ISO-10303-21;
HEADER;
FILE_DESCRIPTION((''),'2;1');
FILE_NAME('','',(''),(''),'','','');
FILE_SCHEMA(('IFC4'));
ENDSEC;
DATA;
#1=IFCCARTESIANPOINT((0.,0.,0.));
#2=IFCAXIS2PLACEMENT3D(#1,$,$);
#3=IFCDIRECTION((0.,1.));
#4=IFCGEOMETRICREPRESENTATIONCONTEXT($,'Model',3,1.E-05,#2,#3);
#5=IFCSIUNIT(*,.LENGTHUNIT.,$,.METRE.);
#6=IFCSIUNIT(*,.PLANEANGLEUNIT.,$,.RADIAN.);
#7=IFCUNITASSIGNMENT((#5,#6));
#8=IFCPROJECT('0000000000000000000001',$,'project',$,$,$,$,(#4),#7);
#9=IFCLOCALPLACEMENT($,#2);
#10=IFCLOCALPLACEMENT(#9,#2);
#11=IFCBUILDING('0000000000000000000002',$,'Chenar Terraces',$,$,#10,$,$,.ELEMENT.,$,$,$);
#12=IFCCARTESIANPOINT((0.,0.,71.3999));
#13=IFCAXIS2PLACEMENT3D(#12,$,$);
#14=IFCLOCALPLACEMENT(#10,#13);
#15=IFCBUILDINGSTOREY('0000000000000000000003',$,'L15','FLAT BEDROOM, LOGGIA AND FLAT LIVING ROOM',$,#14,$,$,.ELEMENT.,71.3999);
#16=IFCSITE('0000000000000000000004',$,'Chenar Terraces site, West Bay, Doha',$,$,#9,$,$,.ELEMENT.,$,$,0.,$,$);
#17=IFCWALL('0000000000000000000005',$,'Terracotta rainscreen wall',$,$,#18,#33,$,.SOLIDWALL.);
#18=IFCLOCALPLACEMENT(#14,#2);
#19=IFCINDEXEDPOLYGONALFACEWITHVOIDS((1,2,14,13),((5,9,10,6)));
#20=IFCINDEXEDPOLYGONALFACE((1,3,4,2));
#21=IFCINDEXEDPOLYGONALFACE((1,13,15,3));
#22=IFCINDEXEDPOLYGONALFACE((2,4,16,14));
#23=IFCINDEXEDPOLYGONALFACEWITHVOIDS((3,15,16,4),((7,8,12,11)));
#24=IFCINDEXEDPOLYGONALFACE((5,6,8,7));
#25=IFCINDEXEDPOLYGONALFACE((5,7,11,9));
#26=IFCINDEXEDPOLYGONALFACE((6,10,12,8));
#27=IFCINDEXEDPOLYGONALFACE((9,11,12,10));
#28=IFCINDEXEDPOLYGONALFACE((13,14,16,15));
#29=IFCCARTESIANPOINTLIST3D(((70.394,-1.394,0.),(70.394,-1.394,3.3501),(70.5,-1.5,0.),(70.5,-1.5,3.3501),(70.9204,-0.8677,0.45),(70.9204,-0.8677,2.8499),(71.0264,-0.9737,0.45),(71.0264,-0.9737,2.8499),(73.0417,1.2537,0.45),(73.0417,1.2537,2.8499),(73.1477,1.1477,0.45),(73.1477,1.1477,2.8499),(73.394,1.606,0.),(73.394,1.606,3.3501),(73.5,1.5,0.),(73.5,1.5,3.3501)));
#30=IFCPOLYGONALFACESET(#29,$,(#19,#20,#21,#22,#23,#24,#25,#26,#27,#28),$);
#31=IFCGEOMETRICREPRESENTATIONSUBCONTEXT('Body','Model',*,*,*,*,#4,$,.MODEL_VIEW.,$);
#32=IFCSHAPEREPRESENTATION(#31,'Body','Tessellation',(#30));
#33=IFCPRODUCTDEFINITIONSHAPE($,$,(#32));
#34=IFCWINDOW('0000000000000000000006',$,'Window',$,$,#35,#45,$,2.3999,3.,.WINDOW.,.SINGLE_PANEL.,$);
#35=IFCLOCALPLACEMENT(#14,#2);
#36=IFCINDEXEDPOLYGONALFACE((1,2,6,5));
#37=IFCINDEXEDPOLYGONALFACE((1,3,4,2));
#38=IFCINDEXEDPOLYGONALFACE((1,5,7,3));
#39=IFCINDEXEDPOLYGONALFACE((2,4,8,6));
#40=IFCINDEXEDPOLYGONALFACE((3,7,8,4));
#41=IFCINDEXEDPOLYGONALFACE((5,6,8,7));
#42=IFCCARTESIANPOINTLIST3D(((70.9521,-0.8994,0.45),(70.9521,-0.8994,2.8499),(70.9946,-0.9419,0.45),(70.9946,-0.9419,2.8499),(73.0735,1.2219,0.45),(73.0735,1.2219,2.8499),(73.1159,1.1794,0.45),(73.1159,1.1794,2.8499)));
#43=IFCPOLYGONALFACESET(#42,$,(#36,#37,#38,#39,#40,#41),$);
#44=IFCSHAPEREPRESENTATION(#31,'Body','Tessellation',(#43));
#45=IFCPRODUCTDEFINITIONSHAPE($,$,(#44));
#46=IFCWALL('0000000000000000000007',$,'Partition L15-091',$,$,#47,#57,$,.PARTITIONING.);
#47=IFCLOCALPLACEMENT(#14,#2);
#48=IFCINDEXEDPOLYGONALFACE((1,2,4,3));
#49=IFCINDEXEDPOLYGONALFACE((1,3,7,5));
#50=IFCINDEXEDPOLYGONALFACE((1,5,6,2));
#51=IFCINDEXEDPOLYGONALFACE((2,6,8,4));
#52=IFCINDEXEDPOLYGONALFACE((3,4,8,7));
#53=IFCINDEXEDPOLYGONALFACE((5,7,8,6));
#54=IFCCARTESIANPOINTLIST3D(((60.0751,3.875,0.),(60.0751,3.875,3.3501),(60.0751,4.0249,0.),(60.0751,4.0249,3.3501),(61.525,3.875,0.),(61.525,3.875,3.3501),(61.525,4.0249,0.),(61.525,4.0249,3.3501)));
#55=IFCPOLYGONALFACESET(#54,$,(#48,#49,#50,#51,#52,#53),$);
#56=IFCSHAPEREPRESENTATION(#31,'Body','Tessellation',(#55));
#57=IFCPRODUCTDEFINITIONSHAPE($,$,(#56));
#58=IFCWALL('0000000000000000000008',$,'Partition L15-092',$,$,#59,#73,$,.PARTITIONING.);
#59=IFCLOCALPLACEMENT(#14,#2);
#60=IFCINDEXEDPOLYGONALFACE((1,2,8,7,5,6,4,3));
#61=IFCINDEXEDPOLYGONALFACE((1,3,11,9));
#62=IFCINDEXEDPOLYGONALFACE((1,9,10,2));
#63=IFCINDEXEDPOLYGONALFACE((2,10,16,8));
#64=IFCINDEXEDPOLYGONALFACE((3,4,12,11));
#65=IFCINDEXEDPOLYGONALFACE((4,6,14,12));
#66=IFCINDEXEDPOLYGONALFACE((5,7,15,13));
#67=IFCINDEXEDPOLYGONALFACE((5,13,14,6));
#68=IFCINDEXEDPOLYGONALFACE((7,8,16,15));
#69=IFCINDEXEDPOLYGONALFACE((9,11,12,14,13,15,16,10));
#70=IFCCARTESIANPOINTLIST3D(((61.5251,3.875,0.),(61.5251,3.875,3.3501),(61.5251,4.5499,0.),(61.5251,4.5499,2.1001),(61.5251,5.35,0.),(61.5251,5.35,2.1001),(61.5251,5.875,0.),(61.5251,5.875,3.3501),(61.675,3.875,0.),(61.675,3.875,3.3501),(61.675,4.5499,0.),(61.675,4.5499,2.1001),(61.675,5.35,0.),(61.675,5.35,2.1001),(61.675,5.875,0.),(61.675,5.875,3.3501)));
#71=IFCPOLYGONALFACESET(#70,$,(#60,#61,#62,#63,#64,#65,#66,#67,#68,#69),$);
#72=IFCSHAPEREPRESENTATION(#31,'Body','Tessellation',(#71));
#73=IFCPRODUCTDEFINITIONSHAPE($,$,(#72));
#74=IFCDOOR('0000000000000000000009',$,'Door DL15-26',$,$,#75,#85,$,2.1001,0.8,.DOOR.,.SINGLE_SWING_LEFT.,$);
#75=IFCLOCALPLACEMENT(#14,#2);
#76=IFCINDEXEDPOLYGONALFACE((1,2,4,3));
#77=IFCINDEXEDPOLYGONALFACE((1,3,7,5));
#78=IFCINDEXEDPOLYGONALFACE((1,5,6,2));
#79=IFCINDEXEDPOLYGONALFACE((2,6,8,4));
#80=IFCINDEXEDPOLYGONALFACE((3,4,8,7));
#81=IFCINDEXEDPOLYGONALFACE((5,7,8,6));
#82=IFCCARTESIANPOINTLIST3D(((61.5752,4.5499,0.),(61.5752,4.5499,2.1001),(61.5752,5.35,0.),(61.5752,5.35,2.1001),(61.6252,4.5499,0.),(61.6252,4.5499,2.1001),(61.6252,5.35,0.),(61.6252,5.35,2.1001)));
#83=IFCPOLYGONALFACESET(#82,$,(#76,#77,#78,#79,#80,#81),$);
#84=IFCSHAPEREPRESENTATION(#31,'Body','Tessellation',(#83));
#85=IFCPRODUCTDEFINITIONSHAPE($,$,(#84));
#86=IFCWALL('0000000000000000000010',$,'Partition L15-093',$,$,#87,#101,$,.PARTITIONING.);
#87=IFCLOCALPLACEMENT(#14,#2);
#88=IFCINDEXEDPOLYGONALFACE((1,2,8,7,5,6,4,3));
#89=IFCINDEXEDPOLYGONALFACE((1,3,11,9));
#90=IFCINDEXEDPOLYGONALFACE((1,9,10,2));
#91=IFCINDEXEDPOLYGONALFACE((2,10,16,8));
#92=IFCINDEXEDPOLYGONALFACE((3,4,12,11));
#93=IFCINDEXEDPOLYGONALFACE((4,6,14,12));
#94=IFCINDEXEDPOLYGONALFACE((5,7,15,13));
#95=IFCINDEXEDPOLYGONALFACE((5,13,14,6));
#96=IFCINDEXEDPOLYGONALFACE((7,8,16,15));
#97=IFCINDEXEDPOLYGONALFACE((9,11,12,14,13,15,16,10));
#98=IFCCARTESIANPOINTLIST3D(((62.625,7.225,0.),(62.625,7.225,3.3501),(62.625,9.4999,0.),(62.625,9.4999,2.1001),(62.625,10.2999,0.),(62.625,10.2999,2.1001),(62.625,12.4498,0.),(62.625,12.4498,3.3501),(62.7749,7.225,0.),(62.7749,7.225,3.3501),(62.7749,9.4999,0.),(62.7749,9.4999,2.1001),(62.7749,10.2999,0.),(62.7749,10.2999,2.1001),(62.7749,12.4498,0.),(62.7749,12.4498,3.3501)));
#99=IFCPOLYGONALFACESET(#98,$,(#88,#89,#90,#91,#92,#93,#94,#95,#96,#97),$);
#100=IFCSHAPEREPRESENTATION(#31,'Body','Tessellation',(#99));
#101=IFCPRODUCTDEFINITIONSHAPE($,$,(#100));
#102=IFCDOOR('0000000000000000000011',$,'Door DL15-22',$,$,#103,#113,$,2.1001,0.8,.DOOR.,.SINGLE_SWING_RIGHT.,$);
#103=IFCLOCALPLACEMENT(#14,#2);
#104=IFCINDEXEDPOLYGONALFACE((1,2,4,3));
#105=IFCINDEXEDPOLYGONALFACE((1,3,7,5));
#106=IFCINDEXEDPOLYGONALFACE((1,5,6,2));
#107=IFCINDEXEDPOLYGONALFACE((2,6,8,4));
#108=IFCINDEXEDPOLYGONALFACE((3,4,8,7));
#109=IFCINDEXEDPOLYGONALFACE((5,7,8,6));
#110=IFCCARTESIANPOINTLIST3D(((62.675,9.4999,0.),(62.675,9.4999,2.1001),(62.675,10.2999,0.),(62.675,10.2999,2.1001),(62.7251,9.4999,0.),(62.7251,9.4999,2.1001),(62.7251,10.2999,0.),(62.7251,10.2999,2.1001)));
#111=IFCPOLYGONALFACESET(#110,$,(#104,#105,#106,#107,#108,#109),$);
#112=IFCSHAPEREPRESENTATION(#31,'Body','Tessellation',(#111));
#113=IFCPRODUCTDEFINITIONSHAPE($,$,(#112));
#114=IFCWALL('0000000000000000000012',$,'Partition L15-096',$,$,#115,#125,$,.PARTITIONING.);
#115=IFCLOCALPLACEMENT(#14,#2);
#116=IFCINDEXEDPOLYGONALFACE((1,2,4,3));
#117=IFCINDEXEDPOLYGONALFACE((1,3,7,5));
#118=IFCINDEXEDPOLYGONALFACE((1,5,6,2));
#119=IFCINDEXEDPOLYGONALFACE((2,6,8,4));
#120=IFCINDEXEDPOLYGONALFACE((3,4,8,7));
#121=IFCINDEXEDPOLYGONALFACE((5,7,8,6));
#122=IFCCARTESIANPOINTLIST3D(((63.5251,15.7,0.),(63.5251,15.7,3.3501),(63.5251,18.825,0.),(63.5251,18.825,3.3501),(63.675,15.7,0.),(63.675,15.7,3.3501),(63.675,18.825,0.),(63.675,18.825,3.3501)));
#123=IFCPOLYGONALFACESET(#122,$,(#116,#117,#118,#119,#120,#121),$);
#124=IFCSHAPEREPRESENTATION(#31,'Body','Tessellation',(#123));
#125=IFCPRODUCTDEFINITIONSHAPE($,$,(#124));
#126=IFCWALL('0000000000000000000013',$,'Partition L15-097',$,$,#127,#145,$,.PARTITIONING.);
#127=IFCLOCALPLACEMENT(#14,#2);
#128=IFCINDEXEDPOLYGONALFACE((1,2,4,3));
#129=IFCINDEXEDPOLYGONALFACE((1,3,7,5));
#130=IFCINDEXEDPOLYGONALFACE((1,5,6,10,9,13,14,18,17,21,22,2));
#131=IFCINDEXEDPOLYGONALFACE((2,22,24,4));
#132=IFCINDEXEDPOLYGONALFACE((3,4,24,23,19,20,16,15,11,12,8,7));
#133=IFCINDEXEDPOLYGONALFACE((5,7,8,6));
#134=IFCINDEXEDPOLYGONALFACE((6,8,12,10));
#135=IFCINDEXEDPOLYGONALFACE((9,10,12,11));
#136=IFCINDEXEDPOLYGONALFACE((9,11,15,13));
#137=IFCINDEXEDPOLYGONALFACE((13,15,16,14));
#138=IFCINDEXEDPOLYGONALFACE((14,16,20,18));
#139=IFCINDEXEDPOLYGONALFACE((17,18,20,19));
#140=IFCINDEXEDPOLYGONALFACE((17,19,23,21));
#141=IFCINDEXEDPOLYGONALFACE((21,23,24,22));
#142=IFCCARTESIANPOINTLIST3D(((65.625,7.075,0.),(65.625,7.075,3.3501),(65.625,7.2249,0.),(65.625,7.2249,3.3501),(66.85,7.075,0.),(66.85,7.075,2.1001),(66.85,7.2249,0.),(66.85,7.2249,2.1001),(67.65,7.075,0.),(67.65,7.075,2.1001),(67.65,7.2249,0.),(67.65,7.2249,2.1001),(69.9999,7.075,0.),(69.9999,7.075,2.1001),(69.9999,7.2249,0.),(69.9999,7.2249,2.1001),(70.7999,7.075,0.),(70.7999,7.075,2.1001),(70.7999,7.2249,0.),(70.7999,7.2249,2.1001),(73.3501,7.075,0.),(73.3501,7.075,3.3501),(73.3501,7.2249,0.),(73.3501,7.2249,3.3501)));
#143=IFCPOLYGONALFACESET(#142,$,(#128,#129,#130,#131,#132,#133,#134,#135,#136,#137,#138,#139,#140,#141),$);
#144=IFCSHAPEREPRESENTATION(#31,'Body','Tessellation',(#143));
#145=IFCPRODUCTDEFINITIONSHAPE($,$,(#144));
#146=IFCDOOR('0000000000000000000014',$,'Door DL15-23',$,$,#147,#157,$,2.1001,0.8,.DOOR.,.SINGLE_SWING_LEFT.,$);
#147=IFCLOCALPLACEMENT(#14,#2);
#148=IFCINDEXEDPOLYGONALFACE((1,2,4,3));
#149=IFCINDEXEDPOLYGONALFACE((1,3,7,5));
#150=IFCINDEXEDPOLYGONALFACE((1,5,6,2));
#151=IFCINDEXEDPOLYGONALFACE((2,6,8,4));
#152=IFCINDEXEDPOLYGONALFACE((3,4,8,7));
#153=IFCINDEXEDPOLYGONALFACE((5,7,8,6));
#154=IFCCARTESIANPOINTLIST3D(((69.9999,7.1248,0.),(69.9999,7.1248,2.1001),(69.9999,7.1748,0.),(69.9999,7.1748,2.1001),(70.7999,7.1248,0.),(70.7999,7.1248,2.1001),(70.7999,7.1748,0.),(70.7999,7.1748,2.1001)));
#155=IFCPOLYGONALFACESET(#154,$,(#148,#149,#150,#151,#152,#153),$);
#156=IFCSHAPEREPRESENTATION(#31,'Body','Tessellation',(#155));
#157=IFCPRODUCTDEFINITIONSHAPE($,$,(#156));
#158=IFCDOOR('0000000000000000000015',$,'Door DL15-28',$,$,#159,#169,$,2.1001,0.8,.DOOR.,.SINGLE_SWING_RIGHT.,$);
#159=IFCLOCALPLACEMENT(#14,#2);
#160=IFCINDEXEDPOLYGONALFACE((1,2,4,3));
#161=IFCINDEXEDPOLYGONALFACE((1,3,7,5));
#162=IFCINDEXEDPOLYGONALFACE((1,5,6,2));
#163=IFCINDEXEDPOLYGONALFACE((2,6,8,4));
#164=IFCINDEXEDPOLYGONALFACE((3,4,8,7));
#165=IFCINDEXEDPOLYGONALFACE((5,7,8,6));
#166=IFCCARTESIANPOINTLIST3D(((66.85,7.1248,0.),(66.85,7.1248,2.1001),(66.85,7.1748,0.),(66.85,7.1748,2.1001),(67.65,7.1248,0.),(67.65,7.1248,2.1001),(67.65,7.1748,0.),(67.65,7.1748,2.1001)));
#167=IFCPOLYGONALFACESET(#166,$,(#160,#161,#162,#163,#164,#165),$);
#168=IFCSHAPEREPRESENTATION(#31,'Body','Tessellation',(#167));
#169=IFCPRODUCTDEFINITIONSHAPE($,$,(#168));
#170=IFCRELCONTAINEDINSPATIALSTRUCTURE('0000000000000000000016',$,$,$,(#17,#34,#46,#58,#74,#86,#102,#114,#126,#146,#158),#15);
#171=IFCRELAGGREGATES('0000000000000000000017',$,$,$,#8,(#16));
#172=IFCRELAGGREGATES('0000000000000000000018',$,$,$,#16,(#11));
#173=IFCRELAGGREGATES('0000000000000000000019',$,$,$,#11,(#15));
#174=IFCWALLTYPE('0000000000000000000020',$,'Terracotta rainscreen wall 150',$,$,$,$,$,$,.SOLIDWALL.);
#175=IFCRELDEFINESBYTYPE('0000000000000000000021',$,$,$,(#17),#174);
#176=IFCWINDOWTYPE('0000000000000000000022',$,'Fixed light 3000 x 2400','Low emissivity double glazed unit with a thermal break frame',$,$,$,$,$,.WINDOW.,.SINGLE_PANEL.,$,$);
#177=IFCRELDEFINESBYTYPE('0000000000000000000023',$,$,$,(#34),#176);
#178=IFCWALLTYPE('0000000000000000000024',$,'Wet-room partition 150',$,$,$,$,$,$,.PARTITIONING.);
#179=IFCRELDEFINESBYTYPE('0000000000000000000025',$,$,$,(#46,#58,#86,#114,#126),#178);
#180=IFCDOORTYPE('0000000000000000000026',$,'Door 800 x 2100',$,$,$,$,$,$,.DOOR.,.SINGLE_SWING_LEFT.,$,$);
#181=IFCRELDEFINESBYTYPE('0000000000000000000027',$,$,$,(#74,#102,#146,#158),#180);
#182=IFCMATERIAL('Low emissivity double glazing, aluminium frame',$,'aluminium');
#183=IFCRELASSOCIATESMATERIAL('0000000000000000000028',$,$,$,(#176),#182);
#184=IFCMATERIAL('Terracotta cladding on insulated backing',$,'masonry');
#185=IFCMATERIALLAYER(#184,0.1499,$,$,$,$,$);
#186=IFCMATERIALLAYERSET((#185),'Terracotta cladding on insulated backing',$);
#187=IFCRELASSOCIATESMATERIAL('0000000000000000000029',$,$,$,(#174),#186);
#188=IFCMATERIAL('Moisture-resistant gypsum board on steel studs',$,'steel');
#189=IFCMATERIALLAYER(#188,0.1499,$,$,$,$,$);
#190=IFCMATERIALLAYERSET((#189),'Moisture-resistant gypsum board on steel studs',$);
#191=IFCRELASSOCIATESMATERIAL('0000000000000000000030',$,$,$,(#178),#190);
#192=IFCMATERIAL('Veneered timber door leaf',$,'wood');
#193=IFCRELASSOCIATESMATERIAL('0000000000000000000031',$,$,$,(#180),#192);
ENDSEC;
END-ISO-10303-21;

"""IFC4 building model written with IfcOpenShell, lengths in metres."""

from ifc_helpers import new_model, si_unit, direction, frame, frame_2d, origin, place, context, subcontext, project, spatial, rectangle, extrude, material, layer, layer_set, type_object, element, fill, save


model = new_model("IFC4")

# Units and contexts
model_context = context("Model", 3, precision=1e-05, world=origin(), true_north=direction((0.0, 1.0)))
body_context = subcontext(model_context, "Body", "Model", "MODEL_VIEW")
ifc_project = project(units=[si_unit("LENGTHUNIT", "METRE"), si_unit("PLANEANGLEUNIT", "RADIAN")], contexts=[model_context])

# Site, building, storey
site_placement = place(None, origin())
site = spatial("IfcSite", under=ifc_project, at=site_placement, Name="Chenar Terraces site, West Bay, Doha", CompositionType="ELEMENT", RefElevation=0.0)
building_placement = place(site_placement, origin())
building = spatial("IfcBuilding", under=site, at=building_placement, Name="Chenar Terraces", CompositionType="ELEMENT")
storey_placement = place(building_placement, frame((0.0, 0.0, 71.3999)))
storey = spatial("IfcBuildingStorey", under=building, at=storey_placement, Name="L15", Description="FLAT BEDROOM, LOGGIA AND FLAT LIVING ROOM", CompositionType="ELEMENT", Elevation=71.3999)

# Shared definitions
ifc_material_1 = material(Name="Low emissivity double glazing, aluminium frame", Category="aluminium")
window_type_1 = type_object("IfcWindowType", Name="Fixed light 3000 x 2400", Description="Low emissivity double glazed unit with a thermal break frame", PartitioningType="SINGLE_PANEL", PredefinedType="WINDOW", material=ifc_material_1)

# Wall, opening, window
ifc_material_2 = material(Name="Terracotta cladding on insulated backing", Category="masonry")
ifc_layer_1 = layer(ifc_material_2, 0.1499)
ifc_layer_set_1 = layer_set([ifc_layer_1], Name="Terracotta cladding on insulated backing")
wall_type_1 = type_object("IfcWallType", Name="Terracotta rainscreen wall 150", PredefinedType="SOLIDWALL", material=ifc_layer_set_1)
wall_1_placement = place(storey_placement, frame((70.447, -1.447, 0.0), z_axis=(0.0, 0.0, 1.0), x_axis=(0.707107, 0.707107, 0.0)))
wall_1 = element("IfcWall", 1, at=wall_1_placement, inside=storey, type_object=wall_type_1, Name="Terracotta rainscreen wall", PredefinedType="SOLIDWALL", context=body_context, shape_type="SweptSolid", body=[
    extrude(rectangle(XDim=4.2427, YDim=0.1499, at=frame_2d((2.1213, 0.0))), origin(), (0.0, 0.0, 1.0), 3.3501),
])
opening_1_placement = place(wall_1_placement, frame((0.7444, 0.0, 0.45)))
opening_1 = element("IfcOpeningElement", 2, at=opening_1_placement, cuts=wall_1, PredefinedType="OPENING", context=body_context, shape_type="SweptSolid", body=[
    extrude(rectangle(XDim=3.0, YDim=2.3999, at=frame_2d((1.5, 1.2))), frame((0.0, 0.085, 0.0), z_axis=(0.0, -1.0, 0.0), x_axis=(1.0, 0.0, 0.0)), (0.0, 0.0, 1.0), 0.1699),
])
window_1_placement = place(opening_1_placement, origin())
window_1 = element("IfcWindow", 3, at=window_1_placement, inside=storey, type_object=window_type_1, Name="Window", OverallHeight=2.3999, OverallWidth=3.0, PartitioningType="SINGLE_PANEL", PredefinedType="WINDOW", context=body_context, shape_type="SweptSolid", body=[
    extrude(rectangle(XDim=3.0, YDim=2.3999, at=frame_2d((1.5, 1.2))), frame((0.0, 0.03, 0.0), z_axis=(0.0, -1.0, 0.0), x_axis=(1.0, 0.0, 0.0)), (0.0, 0.0, 1.0), 0.0601),
])
fill(opening_1, window_1)

# Wall
ifc_material_3 = material(Name="Moisture-resistant gypsum board on steel studs", Category="steel")
ifc_layer_2 = layer(ifc_material_3, 0.1499)
ifc_layer_set_2 = layer_set([ifc_layer_2], Name="Moisture-resistant gypsum board on steel studs")
wall_type_2 = type_object("IfcWallType", Name="Wet-room partition 150", PredefinedType="PARTITIONING", material=ifc_layer_set_2)
wall_2_placement = place(storey_placement, frame((60.075, 3.95, 0.0), z_axis=(0.0, 0.0, 1.0), x_axis=(1.0, 0.0, 0.0)))
element("IfcWall", 4, at=wall_2_placement, inside=storey, type_object=wall_type_2, Name="Partition L15-091", PredefinedType="PARTITIONING", context=body_context, shape_type="SweptSolid", body=[
    extrude(rectangle(XDim=1.45, YDim=0.1499, at=frame_2d((0.7251, 0.0))), origin(), (0.0, 0.0, 1.0), 3.3501),
])

# Walls, openings, doors
wall_3_placement = place(storey_placement, frame((61.6001, 3.875, 0.0), z_axis=(0.0, 0.0, 1.0), x_axis=(0.0, 1.0, 0.0)))
wall_3 = element("IfcWall", 5, at=wall_3_placement, inside=storey, type_object=wall_type_2, Name="Partition L15-092", PredefinedType="PARTITIONING", context=body_context, shape_type="SweptSolid", body=[
    extrude(rectangle(XDim=2.0, YDim=0.1499, at=frame_2d((1.0, 0.0))), origin(), (0.0, 0.0, 1.0), 3.3501),
])
opening_2_placement = place(wall_3_placement, frame((0.675, 0.0, 0.0)))
opening_2 = element("IfcOpeningElement", 6, at=opening_2_placement, cuts=wall_3, PredefinedType="OPENING", context=body_context, shape_type="SweptSolid", body=[
    extrude(rectangle(XDim=0.8, YDim=2.1001, at=frame_2d((0.3999, 1.05))), frame((0.0, 0.085, 0.0), z_axis=(0.0, -1.0, 0.0), x_axis=(1.0, 0.0, 0.0)), (0.0, 0.0, 1.0), 0.1699),
])
ifc_material_4 = material(Name="Veneered timber door leaf", Category="wood")
door_type = type_object("IfcDoorType", Name="Door 800 x 2100", OperationType="SINGLE_SWING_LEFT", PredefinedType="DOOR", material=ifc_material_4)
door_1_placement = place(opening_2_placement, origin())
door_1 = element("IfcDoor", 7, at=door_1_placement, inside=storey, type_object=door_type, Name="Door DL15-26", OperationType="SINGLE_SWING_LEFT", OverallHeight=2.1001, OverallWidth=0.8, PredefinedType="DOOR", context=body_context, shape_type="SweptSolid", body=[
    extrude(rectangle(XDim=0.8, YDim=2.1001, at=frame_2d((0.3999, 1.05))), frame((0.0, 0.0249, 0.0), z_axis=(0.0, -1.0, 0.0), x_axis=(1.0, 0.0, 0.0)), (0.0, 0.0, 1.0), 0.05),
])
fill(opening_2, door_1)
wall_4_placement = place(storey_placement, frame((62.7, 7.2251, 0.0), z_axis=(0.0, 0.0, 1.0), x_axis=(0.0, 1.0, 0.0)))
wall_4 = element("IfcWall", 8, at=wall_4_placement, inside=storey, type_object=wall_type_2, Name="Partition L15-093", PredefinedType="PARTITIONING", context=body_context, shape_type="SweptSolid", body=[
    extrude(rectangle(XDim=5.2249, YDim=0.1499, at=frame_2d((2.6123, 0.0))), origin(), (0.0, 0.0, 1.0), 3.3501),
])
opening_3_placement = place(wall_4_placement, frame((2.2749, 0.0, 0.0)))
opening_3 = element("IfcOpeningElement", 9, at=opening_3_placement, cuts=wall_4, PredefinedType="OPENING", context=body_context, shape_type="SweptSolid", body=[
    extrude(rectangle(XDim=0.8, YDim=2.1001, at=frame_2d((0.3999, 1.05))), frame((0.0, 0.085, 0.0), z_axis=(0.0, -1.0, 0.0), x_axis=(1.0, 0.0, 0.0)), (0.0, 0.0, 1.0), 0.1699),
])
door_2_placement = place(opening_3_placement, origin())
door_2 = element("IfcDoor", 10, at=door_2_placement, inside=storey, type_object=door_type, Name="Door DL15-22", OperationType="SINGLE_SWING_RIGHT", OverallHeight=2.1001, OverallWidth=0.8, PredefinedType="DOOR", context=body_context, shape_type="SweptSolid", body=[
    extrude(rectangle(XDim=0.8, YDim=2.1001, at=frame_2d((0.3999, 1.05))), frame((0.0, 0.0249, 0.0), z_axis=(0.0, -1.0, 0.0), x_axis=(1.0, 0.0, 0.0)), (0.0, 0.0, 1.0), 0.05),
])
fill(opening_3, door_2)

# Wall
wall_5_placement = place(storey_placement, frame((63.6001, 15.7, 0.0), z_axis=(0.0, 0.0, 1.0), x_axis=(0.0, 1.0, 0.0)))
element("IfcWall", 11, at=wall_5_placement, inside=storey, type_object=wall_type_2, Name="Partition L15-096", PredefinedType="PARTITIONING", context=body_context, shape_type="SweptSolid", body=[
    extrude(rectangle(XDim=3.125, YDim=0.1499, at=frame_2d((1.5625, 0.0))), origin(), (0.0, 0.0, 1.0), 3.3501),
])

# Wall, openings, doors
wall_6_placement = place(storey_placement, frame((65.625, 7.1499, 0.0), z_axis=(0.0, 0.0, 1.0), x_axis=(1.0, 0.0, 0.0)))
wall_6 = element("IfcWall", 12, at=wall_6_placement, inside=storey, type_object=wall_type_2, Name="Partition L15-097", PredefinedType="PARTITIONING", context=body_context, shape_type="SweptSolid", body=[
    extrude(rectangle(XDim=7.7251, YDim=0.1499, at=frame_2d((3.8625, 0.0))), origin(), (0.0, 0.0, 1.0), 3.3501),
])
opening_4_placement = place(wall_6_placement, frame((4.375, 0.0, 0.0)))
opening_4 = element("IfcOpeningElement", 13, at=opening_4_placement, cuts=wall_6, PredefinedType="OPENING", context=body_context, shape_type="SweptSolid", body=[
    extrude(rectangle(XDim=0.8, YDim=2.1001, at=frame_2d((0.3999, 1.05))), frame((0.0, 0.085, 0.0), z_axis=(0.0, -1.0, 0.0), x_axis=(1.0, 0.0, 0.0)), (0.0, 0.0, 1.0), 0.1699),
])
opening_5_placement = place(wall_6_placement, frame((1.2251, 0.0, 0.0)))
opening_5 = element("IfcOpeningElement", 14, at=opening_5_placement, cuts=wall_6, PredefinedType="OPENING", context=body_context, shape_type="SweptSolid", body=[
    extrude(rectangle(XDim=0.8, YDim=2.1001, at=frame_2d((0.3999, 1.05))), frame((0.0, 0.085, 0.0), z_axis=(0.0, -1.0, 0.0), x_axis=(1.0, 0.0, 0.0)), (0.0, 0.0, 1.0), 0.1699),
])
door_3_placement = place(opening_4_placement, origin())
door_3 = element("IfcDoor", 15, at=door_3_placement, inside=storey, type_object=door_type, Name="Door DL15-23", OperationType="SINGLE_SWING_LEFT", OverallHeight=2.1001, OverallWidth=0.8, PredefinedType="DOOR", context=body_context, shape_type="SweptSolid", body=[
    extrude(rectangle(XDim=0.8, YDim=2.1001, at=frame_2d((0.3999, 1.05))), frame((0.0, 0.0249, 0.0), z_axis=(0.0, -1.0, 0.0), x_axis=(1.0, 0.0, 0.0)), (0.0, 0.0, 1.0), 0.05),
])
fill(opening_4, door_3)
door_4_placement = place(opening_5_placement, origin())
door_4 = element("IfcDoor", 16, at=door_4_placement, inside=storey, type_object=door_type, Name="Door DL15-28", OperationType="SINGLE_SWING_RIGHT", OverallHeight=2.1001, OverallWidth=0.8, PredefinedType="DOOR", context=body_context, shape_type="SweptSolid", body=[
    extrude(rectangle(XDim=0.8, YDim=2.1001, at=frame_2d((0.3999, 1.05))), frame((0.0, 0.0249, 0.0), z_axis=(0.0, -1.0, 0.0), x_axis=(1.0, 0.0, 0.0)), (0.0, 0.0, 1.0), 0.05),
])
fill(opening_5, door_4)

save(model, "model.ifc")
